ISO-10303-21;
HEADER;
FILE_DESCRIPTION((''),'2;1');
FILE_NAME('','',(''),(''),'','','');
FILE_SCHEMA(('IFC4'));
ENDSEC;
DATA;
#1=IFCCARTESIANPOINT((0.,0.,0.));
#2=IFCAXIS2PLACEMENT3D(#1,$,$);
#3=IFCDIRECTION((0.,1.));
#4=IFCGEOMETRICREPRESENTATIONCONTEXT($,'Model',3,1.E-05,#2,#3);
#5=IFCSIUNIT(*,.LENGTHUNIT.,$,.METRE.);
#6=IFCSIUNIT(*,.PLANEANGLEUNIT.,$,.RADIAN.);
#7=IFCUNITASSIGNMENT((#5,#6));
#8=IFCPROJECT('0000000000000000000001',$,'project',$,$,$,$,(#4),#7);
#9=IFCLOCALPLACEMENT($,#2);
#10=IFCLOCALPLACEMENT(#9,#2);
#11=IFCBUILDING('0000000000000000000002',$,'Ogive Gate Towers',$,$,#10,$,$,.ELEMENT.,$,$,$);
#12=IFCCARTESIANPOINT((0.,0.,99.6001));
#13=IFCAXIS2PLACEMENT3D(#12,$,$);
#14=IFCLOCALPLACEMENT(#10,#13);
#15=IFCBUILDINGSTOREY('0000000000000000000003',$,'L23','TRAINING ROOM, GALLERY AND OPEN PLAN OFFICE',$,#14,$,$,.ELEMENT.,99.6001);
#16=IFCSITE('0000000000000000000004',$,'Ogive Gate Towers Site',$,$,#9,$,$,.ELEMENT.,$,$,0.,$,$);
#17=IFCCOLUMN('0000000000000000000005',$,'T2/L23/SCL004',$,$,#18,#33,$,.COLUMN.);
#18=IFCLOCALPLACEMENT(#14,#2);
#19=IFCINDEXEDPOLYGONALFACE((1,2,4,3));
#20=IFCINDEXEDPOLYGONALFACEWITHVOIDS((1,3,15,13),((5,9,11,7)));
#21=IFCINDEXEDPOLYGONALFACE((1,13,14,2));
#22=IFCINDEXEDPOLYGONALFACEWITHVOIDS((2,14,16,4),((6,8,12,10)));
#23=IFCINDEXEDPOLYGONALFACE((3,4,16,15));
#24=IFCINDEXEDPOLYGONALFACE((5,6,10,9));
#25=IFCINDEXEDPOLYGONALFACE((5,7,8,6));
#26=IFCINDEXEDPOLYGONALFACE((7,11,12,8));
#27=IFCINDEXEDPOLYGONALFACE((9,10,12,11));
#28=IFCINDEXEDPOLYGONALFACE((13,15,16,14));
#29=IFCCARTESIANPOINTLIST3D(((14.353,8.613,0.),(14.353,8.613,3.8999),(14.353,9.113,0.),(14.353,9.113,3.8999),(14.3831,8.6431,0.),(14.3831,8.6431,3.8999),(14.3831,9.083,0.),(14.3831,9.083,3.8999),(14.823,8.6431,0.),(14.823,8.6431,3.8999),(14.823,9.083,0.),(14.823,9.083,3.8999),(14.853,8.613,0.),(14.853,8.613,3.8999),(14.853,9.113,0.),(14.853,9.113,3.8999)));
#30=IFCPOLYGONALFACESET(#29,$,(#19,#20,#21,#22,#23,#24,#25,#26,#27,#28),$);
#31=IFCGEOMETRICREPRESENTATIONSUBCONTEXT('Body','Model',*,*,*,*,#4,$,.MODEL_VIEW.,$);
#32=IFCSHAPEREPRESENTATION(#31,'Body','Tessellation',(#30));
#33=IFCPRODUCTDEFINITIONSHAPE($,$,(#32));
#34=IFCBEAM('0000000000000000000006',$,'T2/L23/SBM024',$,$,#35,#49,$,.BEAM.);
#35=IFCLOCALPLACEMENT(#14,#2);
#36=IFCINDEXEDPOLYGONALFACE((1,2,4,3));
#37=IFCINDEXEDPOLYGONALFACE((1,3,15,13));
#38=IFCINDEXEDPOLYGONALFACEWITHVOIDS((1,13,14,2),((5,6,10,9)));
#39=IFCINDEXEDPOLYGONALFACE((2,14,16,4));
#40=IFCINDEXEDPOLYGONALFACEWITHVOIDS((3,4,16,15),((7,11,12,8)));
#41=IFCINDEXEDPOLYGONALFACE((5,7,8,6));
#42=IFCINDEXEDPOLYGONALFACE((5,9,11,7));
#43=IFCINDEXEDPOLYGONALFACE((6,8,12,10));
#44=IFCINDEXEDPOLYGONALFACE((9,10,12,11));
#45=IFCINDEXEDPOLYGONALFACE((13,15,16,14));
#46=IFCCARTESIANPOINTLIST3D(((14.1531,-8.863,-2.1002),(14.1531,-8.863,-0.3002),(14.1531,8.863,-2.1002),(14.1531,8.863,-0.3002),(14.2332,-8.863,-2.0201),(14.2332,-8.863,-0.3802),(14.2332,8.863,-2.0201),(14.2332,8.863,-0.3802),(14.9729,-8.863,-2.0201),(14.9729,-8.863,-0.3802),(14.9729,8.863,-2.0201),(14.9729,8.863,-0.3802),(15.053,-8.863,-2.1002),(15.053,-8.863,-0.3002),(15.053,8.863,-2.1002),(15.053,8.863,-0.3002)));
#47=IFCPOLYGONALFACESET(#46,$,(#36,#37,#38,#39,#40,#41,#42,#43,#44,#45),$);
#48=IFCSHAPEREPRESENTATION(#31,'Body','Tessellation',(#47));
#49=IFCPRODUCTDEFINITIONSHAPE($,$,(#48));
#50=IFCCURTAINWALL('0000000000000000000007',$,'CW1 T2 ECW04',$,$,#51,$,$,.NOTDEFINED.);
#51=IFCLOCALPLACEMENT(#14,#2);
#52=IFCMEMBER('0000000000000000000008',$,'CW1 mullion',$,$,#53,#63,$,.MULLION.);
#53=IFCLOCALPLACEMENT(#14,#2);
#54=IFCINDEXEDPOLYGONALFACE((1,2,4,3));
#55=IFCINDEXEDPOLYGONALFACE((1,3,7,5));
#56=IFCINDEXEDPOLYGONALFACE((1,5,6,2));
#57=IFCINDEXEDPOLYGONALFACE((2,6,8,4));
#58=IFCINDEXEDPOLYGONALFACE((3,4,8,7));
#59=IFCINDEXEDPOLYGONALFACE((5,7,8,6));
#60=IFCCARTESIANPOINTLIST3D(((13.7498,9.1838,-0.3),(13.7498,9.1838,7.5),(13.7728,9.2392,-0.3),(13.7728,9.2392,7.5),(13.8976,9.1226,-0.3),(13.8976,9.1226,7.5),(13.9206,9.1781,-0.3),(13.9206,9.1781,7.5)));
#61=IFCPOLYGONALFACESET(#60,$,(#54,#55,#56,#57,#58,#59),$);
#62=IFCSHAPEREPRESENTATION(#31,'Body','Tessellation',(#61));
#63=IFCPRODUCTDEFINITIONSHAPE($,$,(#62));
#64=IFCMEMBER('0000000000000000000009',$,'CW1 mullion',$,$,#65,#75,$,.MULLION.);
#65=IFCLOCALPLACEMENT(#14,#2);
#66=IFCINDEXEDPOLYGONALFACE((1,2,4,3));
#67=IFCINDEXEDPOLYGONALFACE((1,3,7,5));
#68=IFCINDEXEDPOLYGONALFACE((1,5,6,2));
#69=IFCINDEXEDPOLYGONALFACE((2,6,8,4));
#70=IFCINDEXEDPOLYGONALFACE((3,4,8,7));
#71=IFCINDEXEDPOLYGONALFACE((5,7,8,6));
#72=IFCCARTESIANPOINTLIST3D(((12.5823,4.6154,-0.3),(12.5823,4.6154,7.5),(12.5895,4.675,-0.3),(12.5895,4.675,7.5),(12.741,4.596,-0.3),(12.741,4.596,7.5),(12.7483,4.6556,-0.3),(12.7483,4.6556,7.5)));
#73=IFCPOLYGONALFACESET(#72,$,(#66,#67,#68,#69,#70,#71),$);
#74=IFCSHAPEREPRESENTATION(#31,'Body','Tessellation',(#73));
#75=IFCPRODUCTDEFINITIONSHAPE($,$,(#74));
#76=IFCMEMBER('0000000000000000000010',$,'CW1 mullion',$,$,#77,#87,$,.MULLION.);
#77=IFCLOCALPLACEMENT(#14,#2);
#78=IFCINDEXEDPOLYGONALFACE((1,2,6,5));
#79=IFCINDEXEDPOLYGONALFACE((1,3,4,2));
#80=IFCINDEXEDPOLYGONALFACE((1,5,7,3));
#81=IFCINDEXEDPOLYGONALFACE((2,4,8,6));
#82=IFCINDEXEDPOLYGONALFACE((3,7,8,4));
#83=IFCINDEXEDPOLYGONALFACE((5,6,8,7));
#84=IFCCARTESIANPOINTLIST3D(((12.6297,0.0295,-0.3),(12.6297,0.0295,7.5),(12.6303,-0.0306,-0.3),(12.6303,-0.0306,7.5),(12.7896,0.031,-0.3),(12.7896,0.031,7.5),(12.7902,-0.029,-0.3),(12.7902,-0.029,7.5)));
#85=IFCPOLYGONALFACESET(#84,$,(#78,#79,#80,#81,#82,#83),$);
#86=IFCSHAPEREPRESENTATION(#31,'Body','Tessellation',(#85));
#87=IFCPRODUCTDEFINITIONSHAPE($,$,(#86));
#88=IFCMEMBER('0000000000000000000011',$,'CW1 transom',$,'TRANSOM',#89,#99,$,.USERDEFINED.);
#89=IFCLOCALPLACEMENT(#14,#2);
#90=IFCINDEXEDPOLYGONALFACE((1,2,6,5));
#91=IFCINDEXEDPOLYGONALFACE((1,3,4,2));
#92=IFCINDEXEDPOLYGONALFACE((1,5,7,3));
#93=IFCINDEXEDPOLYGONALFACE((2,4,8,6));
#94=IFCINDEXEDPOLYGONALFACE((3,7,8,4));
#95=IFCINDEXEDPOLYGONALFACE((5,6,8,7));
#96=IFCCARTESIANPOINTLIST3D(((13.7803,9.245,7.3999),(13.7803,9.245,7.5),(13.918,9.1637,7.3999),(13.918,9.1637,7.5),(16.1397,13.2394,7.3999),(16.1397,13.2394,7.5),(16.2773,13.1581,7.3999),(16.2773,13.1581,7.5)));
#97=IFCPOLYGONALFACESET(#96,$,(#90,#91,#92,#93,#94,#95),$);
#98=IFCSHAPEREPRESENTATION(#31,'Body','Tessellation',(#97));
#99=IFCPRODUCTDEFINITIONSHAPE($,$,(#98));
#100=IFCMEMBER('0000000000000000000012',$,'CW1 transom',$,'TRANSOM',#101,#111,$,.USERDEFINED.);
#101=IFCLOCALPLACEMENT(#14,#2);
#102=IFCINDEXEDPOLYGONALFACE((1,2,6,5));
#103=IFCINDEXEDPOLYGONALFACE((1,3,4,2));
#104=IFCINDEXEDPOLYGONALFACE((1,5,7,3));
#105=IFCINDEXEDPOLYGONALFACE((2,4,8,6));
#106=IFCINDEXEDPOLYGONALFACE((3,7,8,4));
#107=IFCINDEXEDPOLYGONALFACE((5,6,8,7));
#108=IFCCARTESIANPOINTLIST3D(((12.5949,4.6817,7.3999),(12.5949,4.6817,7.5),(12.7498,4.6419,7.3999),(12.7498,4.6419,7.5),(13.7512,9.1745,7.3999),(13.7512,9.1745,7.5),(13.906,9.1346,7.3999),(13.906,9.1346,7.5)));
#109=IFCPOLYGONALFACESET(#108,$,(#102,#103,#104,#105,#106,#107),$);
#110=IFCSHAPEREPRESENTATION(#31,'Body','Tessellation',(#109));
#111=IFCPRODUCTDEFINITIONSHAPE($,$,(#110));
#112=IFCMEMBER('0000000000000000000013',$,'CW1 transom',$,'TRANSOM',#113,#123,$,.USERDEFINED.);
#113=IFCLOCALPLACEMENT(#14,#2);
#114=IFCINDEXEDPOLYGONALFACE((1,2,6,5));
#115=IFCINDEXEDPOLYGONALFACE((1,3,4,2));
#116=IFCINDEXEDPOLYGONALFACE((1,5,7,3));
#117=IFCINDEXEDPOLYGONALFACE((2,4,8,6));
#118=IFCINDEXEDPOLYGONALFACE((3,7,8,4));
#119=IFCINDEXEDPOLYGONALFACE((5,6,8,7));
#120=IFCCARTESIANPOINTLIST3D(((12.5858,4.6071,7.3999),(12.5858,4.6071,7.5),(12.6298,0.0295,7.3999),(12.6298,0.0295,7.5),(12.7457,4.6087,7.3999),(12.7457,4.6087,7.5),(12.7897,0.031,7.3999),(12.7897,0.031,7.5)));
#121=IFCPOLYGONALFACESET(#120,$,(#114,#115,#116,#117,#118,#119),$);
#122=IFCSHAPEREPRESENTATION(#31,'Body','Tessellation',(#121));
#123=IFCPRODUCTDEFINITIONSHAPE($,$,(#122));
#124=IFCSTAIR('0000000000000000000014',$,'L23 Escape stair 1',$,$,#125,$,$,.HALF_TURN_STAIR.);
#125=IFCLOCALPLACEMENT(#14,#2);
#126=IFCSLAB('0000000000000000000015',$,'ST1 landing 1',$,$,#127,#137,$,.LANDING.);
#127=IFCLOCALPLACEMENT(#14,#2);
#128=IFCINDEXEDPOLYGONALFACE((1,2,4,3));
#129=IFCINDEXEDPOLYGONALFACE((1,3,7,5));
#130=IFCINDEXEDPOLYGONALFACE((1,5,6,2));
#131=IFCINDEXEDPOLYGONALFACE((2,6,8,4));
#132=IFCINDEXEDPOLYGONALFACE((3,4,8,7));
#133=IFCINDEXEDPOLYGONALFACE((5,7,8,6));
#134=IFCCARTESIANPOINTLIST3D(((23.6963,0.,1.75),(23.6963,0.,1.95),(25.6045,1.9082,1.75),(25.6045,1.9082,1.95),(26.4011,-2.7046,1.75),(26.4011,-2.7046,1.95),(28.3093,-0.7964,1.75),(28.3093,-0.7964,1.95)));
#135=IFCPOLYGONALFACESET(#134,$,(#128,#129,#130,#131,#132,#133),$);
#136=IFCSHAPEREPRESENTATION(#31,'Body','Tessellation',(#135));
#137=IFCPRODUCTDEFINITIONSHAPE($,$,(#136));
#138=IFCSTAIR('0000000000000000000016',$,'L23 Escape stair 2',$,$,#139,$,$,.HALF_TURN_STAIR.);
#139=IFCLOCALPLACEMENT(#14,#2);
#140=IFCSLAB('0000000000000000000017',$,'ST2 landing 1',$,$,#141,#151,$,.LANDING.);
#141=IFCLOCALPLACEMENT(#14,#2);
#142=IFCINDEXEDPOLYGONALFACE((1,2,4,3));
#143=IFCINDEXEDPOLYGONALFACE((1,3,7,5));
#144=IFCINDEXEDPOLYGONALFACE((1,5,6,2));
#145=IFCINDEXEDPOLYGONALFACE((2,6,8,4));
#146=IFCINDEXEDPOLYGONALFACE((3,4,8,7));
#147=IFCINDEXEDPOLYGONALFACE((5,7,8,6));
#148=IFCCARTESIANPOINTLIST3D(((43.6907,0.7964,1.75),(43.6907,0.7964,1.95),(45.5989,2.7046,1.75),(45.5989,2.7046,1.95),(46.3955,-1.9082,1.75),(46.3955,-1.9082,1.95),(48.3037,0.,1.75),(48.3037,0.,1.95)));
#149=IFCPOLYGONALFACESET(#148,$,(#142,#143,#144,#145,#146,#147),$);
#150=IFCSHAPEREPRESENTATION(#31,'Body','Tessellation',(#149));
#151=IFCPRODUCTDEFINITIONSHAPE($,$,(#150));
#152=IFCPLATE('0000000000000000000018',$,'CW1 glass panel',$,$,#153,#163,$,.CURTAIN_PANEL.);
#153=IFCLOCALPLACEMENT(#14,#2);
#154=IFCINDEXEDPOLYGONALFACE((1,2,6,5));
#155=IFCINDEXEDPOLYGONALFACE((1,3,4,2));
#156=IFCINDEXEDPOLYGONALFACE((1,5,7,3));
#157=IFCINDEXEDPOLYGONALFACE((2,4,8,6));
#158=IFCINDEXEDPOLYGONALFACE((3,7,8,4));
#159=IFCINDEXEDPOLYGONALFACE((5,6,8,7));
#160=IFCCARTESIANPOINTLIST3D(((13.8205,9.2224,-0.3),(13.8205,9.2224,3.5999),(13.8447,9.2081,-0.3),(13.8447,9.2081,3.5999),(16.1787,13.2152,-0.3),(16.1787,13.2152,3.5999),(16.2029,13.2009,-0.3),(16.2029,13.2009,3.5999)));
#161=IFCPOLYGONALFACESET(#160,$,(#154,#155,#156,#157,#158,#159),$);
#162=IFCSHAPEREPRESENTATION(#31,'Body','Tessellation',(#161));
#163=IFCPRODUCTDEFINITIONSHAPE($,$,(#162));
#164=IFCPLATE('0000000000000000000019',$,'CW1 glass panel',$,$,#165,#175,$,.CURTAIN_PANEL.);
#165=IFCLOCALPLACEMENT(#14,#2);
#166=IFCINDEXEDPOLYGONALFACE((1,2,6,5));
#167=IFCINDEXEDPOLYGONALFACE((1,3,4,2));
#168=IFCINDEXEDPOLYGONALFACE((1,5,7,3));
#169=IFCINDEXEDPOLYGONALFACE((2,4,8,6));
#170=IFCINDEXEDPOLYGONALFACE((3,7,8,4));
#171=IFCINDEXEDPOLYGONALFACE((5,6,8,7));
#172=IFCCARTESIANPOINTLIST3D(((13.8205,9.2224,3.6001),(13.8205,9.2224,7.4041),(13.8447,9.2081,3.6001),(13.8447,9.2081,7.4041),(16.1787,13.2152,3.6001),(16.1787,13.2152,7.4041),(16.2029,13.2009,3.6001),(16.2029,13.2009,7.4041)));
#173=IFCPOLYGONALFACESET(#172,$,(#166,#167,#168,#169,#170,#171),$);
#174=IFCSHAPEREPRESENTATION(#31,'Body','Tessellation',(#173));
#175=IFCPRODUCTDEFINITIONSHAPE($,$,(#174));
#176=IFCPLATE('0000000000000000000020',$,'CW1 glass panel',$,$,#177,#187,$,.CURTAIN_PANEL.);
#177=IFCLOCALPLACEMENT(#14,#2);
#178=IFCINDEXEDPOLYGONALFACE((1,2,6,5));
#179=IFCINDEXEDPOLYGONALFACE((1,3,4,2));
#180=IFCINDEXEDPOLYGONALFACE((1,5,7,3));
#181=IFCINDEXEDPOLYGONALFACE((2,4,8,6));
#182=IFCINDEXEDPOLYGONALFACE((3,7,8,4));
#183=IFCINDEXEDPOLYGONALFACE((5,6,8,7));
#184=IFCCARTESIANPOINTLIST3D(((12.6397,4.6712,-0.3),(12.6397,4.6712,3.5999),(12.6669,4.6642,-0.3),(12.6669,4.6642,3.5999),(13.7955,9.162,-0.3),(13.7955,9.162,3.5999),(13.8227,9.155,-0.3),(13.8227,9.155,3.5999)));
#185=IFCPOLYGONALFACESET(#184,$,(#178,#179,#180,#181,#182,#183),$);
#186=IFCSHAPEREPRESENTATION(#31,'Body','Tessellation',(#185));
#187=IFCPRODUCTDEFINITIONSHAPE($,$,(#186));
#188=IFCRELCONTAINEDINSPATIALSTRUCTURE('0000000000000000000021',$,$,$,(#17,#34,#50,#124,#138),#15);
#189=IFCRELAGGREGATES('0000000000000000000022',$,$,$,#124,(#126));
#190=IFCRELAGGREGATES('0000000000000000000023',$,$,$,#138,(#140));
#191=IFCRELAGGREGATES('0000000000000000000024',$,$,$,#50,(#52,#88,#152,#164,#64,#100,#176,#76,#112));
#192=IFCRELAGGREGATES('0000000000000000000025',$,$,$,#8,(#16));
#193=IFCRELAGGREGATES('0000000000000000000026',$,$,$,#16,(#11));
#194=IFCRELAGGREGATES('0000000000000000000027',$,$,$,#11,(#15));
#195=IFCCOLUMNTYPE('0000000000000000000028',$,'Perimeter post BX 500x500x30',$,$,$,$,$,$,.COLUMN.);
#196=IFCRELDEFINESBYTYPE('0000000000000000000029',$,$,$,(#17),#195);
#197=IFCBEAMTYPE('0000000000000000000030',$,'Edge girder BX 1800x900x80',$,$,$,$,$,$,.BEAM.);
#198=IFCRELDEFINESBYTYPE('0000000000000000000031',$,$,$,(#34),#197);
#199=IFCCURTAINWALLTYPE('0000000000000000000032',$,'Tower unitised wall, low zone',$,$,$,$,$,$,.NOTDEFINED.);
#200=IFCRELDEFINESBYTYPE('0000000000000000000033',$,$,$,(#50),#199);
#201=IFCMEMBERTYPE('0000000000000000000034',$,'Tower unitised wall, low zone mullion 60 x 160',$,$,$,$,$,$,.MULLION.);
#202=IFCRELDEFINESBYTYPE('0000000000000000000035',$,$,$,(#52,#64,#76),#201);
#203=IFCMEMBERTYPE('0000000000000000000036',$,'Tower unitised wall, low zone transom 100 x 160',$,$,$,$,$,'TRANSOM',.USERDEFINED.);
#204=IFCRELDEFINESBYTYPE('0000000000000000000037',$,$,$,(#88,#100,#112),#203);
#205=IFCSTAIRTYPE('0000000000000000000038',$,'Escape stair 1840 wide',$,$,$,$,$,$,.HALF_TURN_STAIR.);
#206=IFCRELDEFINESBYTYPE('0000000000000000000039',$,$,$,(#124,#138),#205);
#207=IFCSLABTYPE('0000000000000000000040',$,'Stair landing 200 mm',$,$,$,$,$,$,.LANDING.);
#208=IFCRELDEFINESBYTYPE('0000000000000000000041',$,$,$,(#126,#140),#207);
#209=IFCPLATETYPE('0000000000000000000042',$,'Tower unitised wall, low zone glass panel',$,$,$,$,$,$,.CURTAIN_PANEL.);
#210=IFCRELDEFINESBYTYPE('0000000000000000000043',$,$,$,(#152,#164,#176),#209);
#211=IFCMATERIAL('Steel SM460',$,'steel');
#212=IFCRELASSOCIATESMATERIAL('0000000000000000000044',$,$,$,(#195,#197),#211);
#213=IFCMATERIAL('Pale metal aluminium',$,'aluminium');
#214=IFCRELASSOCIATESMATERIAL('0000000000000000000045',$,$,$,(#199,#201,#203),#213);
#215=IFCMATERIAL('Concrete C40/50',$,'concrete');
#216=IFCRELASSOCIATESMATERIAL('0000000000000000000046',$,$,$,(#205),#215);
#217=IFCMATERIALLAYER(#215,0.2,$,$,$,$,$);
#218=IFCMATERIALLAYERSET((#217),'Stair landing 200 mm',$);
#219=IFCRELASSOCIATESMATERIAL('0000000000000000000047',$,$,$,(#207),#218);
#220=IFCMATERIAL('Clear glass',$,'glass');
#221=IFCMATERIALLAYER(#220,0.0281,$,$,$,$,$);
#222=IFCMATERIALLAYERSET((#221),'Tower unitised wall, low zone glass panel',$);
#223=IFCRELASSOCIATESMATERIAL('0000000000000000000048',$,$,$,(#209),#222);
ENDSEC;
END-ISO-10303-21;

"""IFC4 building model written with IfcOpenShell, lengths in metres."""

from ifc_helpers import new_model, si_unit, direction, frame, origin, origin_2d, place, context, subcontext, project, spatial, polyline, rectangle, hollow_rectangle, outline, extrude, material, layer, layer_set, material_profile, profile_set, type_object, element, aggregate, save


model = new_model("IFC4")

# Units and contexts
model_context = context("Model", 3, precision=1e-05, world=origin(), true_north=direction((0.0, 1.0)))
body_context = subcontext(model_context, "Body", "Model", "MODEL_VIEW")
ifc_project = project(units=[si_unit("LENGTHUNIT", "METRE"), si_unit("PLANEANGLEUNIT", "RADIAN")], contexts=[model_context])

# Site, building, storey
site_placement = place(None, origin())
site = spatial("IfcSite", under=ifc_project, at=site_placement, Name="Ogive Gate Towers Site", CompositionType="ELEMENT", RefElevation=0.0)
building_placement = place(site_placement, origin())
building = spatial("IfcBuilding", under=site, at=building_placement, Name="Ogive Gate Towers", CompositionType="ELEMENT")
storey_placement = place(building_placement, frame((0.0, 0.0, 99.6001)))
storey = spatial("IfcBuildingStorey", under=building, at=storey_placement, Name="L23", Description="TRAINING ROOM, GALLERY AND OPEN PLAN OFFICE", CompositionType="ELEMENT", Elevation=99.6001)

# Column
ifc_material_1 = material(Name="Steel SM460", Category="steel")
ifc_material_profile_1 = material_profile(ifc_material_1, hollow_rectangle(XDim=0.5, YDim=0.5, WallThickness=0.03, at=origin_2d()), Name="BX 500x500x30")
ifc_profile_set_1 = profile_set([ifc_material_profile_1], Name="Steel SM460")
column_type = type_object("IfcColumnType", Name="Perimeter post BX 500x500x30", PredefinedType="COLUMN", material=ifc_profile_set_1)
column_placement = place(storey_placement, frame((14.603, 8.863, 0.0), z_axis=(0.0, 0.0, 1.0), x_axis=(1.0, 0.0, 0.0)))
element("IfcColumn", 1, at=column_placement, inside=storey, type_object=column_type, Name="T2/L23/SCL004", PredefinedType="COLUMN", context=body_context, shape_type="SweptSolid", body=[
    extrude(hollow_rectangle(XDim=0.5, YDim=0.5, WallThickness=0.03, at=origin_2d()), origin(), (0.0, 0.0, 1.0), 3.8999),
])

# Beam
ifc_material_profile_2 = material_profile(ifc_material_1, hollow_rectangle(XDim=0.8999, YDim=1.8, WallThickness=0.0801, at=origin_2d()), Name="BX 1800x900x80")
ifc_profile_set_2 = profile_set([ifc_material_profile_2], Name="Steel SM460")
beam_type = type_object("IfcBeamType", Name="Edge girder BX 1800x900x80", PredefinedType="BEAM", material=ifc_profile_set_2)
beam_placement = place(storey_placement, frame((14.603, 8.863, -1.2002), z_axis=(0.0, -1.0, 0.0), x_axis=(1.0, 0.0, 0.0)))
element("IfcBeam", 2, at=beam_placement, inside=storey, type_object=beam_type, Name="T2/L23/SBM024", PredefinedType="BEAM", context=body_context, shape_type="SweptSolid", body=[
    extrude(hollow_rectangle(XDim=0.8999, YDim=1.8, WallThickness=0.0801, at=origin_2d()), origin(), (0.0, 0.0, 1.0), 17.7261),
])

# Curtain wall, members
ifc_material_2 = material(Name="Pale metal aluminium", Category="aluminium")
curtain_wall_type = type_object("IfcCurtainWallType", Name="Tower unitised wall, low zone", PredefinedType="NOTDEFINED", material=ifc_material_2)
curtain_wall_placement = place(storey_placement, origin())
curtain_wall = element("IfcCurtainWall", 3, at=curtain_wall_placement, inside=storey, type_object=curtain_wall_type, Name="CW1 T2 ECW04", PredefinedType="NOTDEFINED")
ifc_material_profile_3 = material_profile(ifc_material_2, rectangle(XDim=0.1599, YDim=0.0601, at=origin_2d()), Name="60 x 160 aluminium box")
ifc_profile_set_3 = profile_set([ifc_material_profile_3], Name="Pale metal aluminium")
member_type_1 = type_object("IfcMemberType", Name="Tower unitised wall, low zone mullion 60 x 160", PredefinedType="MULLION", material=ifc_profile_set_3)
member_1_placement = place(storey_placement, frame((13.8352, 9.1809, -0.3), z_axis=(0.0, 0.0, 1.0), x_axis=(-0.92388, 0.382683, 0.0)))
member_1 = element("IfcMember", 4, at=member_1_placement, type_object=member_type_1, Name="CW1 mullion", PredefinedType="MULLION", context=body_context, shape_type="SweptSolid", body=[
    extrude(rectangle(XDim=0.1599, YDim=0.0601, at=origin_2d()), origin(), (0.0, 0.0, 1.0), 7.8),
])
member_2_placement = place(storey_placement, frame((12.6653, 4.6355, -0.3), z_axis=(0.0, 0.0, 1.0), x_axis=(-0.992671, 0.120847, 0.0)))
member_2 = element("IfcMember", 5, at=member_2_placement, type_object=member_type_1, Name="CW1 mullion", PredefinedType="MULLION", context=body_context, shape_type="SweptSolid", body=[
    extrude(rectangle(XDim=0.1599, YDim=0.0601, at=origin_2d()), origin(), (0.0, 0.0, 1.0), 7.8),
])
member_3_placement = place(storey_placement, frame((12.71, 0.0002, -0.3), z_axis=(0.0, 0.0, 1.0), x_axis=(-0.999954, -0.009599, 0.0)))
member_3 = element("IfcMember", 6, at=member_3_placement, type_object=member_type_1, Name="CW1 mullion", PredefinedType="MULLION", context=body_context, shape_type="SweptSolid", body=[
    extrude(rectangle(XDim=0.1599, YDim=0.0601, at=origin_2d()), origin(), (0.0, 0.0, 1.0), 7.8),
])
ifc_material_profile_4 = material_profile(ifc_material_2, rectangle(XDim=0.1599, YDim=0.1001, at=origin_2d()), Name="100 x 160 aluminium box")
ifc_profile_set_4 = profile_set([ifc_material_profile_4], Name="Pale metal aluminium")
member_type_2 = type_object("IfcMemberType", Name="Tower unitised wall, low zone transom 100 x 160", ElementType="TRANSOM", PredefinedType="USERDEFINED", material=ifc_profile_set_4)
member_4_placement = place(storey_placement, frame((16.2085, 13.1987, 7.45), z_axis=(-0.508579, -0.861016, 0.0), x_axis=(0.861016, -0.508579, 0.0)))
member_4 = element("IfcMember", 7, at=member_4_placement, type_object=member_type_2, Name="CW1 transom", ObjectType="TRANSOM", PredefinedType="USERDEFINED", context=body_context, shape_type="SweptSolid", body=[
    extrude(rectangle(XDim=0.1599, YDim=0.1001, at=origin_2d()), origin(), (0.0, 0.0, 1.0), 4.6392),
])
member_5_placement = place(storey_placement, frame((13.8286, 9.1545, 7.45), z_axis=(-0.249241, -0.968441, 0.0), x_axis=(0.968441, -0.249241, 0.0)))
member_5 = element("IfcMember", 8, at=member_5_placement, type_object=member_type_2, Name="CW1 transom", ObjectType="TRANSOM", PredefinedType="USERDEFINED", context=body_context, shape_type="SweptSolid", body=[
    extrude(rectangle(XDim=0.1599, YDim=0.1001, at=origin_2d()), origin(), (0.0, 0.0, 1.0), 4.6392),
])
member_6_placement = place(storey_placement, frame((12.6658, 4.6079, 7.45), z_axis=(0.0096, -0.999954, 0.0), x_axis=(0.999954, 0.0096, 0.0)))
member_6 = element("IfcMember", 9, at=member_6_placement, type_object=member_type_2, Name="CW1 transom", ObjectType="TRANSOM", PredefinedType="USERDEFINED", context=body_context, shape_type="SweptSolid", body=[
    extrude(rectangle(XDim=0.1599, YDim=0.1001, at=origin_2d()), origin(), (0.0, 0.0, 1.0), 4.5779),
])

# Stairs, slabs
ifc_material_3 = material(Name="Concrete C40/50", Category="concrete")
stair_type = type_object("IfcStairType", Name="Escape stair 1840 wide", PredefinedType="HALF_TURN_STAIR", material=ifc_material_3)
stair_1_placement = place(storey_placement, origin())
stair_1 = element("IfcStair", 10, at=stair_1_placement, inside=storey, type_object=stair_type, Name="L23 Escape stair 1", PredefinedType="HALF_TURN_STAIR")
ifc_layer_1 = layer(ifc_material_3, 0.2)
ifc_layer_set_1 = layer_set([ifc_layer_1], Name="Stair landing 200 mm")
slab_type = type_object("IfcSlabType", Name="Stair landing 200 mm", PredefinedType="LANDING", material=ifc_layer_set_1)
slab_1_placement = place(storey_placement, frame((0.0, 0.0, 1.75)))
slab_1 = element("IfcSlab", 11, at=slab_1_placement, type_object=slab_type, Name="ST1 landing 1", PredefinedType="LANDING", context=body_context, shape_type="SweptSolid", body=[
    extrude(outline(polyline([(25.6045, 1.9082), (23.6963, 0.0), (26.4011, -2.7046), (28.3093, -0.7964), (25.6045, 1.9082)])), origin(), (0.0, 0.0, 1.0), 0.2),
])
aggregate(stair_1, [slab_1])
stair_2_placement = place(storey_placement, origin())
stair_2 = element("IfcStair", 12, at=stair_2_placement, inside=storey, type_object=stair_type, Name="L23 Escape stair 2", PredefinedType="HALF_TURN_STAIR")
slab_2_placement = place(storey_placement, frame((0.0, 0.0, 1.75)))
slab_2 = element("IfcSlab", 13, at=slab_2_placement, type_object=slab_type, Name="ST2 landing 1", PredefinedType="LANDING", context=body_context, shape_type="SweptSolid", body=[
    extrude(outline(polyline([(46.3955, -1.9082), (48.3037, 0.0), (45.5989, 2.7046), (43.6907, 0.7964), (46.3955, -1.9082)])), origin(), (0.0, 0.0, 1.0), 0.2),
])
aggregate(stair_2, [slab_2])

# Plates
ifc_material_4 = material(Name="Clear glass", Category="glass")
ifc_layer_2 = layer(ifc_material_4, 0.0281)
ifc_layer_set_2 = layer_set([ifc_layer_2], Name="Tower unitised wall, low zone glass panel")
plate_type = type_object("IfcPlateType", Name="Tower unitised wall, low zone glass panel", PredefinedType="CURTAIN_PANEL", material=ifc_layer_set_2)
plate_1_placement = place(storey_placement, frame((15.0117, 11.2117, -0.3), z_axis=(0.0, 0.0, 1.0), x_axis=(-0.508546, -0.861035, 0.0)))
plate_1 = element("IfcPlate", 14, at=plate_1_placement, type_object=plate_type, Name="CW1 glass panel", PredefinedType="CURTAIN_PANEL", context=body_context, shape_type="SweptSolid", body=[
    extrude(rectangle(XDim=4.6372, YDim=0.0281, at=origin_2d()), origin(), (0.0, 0.0, 1.0), 3.8999),
])
plate_2_placement = place(storey_placement, frame((15.0117, 11.2117, 3.6001), z_axis=(0.0, 0.0, 1.0), x_axis=(-0.508546, -0.861035, 0.0)))
plate_2 = element("IfcPlate", 15, at=plate_2_placement, type_object=plate_type, Name="CW1 glass panel", PredefinedType="CURTAIN_PANEL", context=body_context, shape_type="SweptSolid", body=[
    extrude(rectangle(XDim=4.6372, YDim=0.0281, at=origin_2d()), origin(), (0.0, 0.0, 1.0), 3.804),
])
plate_3_placement = place(storey_placement, frame((13.2312, 6.9131, -0.3), z_axis=(0.0, 0.0, 1.0), x_axis=(-0.249248, -0.96844, 0.0)))
plate_3 = element("IfcPlate", 16, at=plate_3_placement, type_object=plate_type, Name="CW1 glass panel", PredefinedType="CURTAIN_PANEL", context=body_context, shape_type="SweptSolid", body=[
    extrude(rectangle(XDim=4.6372, YDim=0.0281, at=origin_2d()), origin(), (0.0, 0.0, 1.0), 3.8999),
])
aggregate(curtain_wall, [member_1, member_4, plate_1, plate_2, member_2, member_5, plate_3, member_3, member_6])

save(model, "model.ifc")
